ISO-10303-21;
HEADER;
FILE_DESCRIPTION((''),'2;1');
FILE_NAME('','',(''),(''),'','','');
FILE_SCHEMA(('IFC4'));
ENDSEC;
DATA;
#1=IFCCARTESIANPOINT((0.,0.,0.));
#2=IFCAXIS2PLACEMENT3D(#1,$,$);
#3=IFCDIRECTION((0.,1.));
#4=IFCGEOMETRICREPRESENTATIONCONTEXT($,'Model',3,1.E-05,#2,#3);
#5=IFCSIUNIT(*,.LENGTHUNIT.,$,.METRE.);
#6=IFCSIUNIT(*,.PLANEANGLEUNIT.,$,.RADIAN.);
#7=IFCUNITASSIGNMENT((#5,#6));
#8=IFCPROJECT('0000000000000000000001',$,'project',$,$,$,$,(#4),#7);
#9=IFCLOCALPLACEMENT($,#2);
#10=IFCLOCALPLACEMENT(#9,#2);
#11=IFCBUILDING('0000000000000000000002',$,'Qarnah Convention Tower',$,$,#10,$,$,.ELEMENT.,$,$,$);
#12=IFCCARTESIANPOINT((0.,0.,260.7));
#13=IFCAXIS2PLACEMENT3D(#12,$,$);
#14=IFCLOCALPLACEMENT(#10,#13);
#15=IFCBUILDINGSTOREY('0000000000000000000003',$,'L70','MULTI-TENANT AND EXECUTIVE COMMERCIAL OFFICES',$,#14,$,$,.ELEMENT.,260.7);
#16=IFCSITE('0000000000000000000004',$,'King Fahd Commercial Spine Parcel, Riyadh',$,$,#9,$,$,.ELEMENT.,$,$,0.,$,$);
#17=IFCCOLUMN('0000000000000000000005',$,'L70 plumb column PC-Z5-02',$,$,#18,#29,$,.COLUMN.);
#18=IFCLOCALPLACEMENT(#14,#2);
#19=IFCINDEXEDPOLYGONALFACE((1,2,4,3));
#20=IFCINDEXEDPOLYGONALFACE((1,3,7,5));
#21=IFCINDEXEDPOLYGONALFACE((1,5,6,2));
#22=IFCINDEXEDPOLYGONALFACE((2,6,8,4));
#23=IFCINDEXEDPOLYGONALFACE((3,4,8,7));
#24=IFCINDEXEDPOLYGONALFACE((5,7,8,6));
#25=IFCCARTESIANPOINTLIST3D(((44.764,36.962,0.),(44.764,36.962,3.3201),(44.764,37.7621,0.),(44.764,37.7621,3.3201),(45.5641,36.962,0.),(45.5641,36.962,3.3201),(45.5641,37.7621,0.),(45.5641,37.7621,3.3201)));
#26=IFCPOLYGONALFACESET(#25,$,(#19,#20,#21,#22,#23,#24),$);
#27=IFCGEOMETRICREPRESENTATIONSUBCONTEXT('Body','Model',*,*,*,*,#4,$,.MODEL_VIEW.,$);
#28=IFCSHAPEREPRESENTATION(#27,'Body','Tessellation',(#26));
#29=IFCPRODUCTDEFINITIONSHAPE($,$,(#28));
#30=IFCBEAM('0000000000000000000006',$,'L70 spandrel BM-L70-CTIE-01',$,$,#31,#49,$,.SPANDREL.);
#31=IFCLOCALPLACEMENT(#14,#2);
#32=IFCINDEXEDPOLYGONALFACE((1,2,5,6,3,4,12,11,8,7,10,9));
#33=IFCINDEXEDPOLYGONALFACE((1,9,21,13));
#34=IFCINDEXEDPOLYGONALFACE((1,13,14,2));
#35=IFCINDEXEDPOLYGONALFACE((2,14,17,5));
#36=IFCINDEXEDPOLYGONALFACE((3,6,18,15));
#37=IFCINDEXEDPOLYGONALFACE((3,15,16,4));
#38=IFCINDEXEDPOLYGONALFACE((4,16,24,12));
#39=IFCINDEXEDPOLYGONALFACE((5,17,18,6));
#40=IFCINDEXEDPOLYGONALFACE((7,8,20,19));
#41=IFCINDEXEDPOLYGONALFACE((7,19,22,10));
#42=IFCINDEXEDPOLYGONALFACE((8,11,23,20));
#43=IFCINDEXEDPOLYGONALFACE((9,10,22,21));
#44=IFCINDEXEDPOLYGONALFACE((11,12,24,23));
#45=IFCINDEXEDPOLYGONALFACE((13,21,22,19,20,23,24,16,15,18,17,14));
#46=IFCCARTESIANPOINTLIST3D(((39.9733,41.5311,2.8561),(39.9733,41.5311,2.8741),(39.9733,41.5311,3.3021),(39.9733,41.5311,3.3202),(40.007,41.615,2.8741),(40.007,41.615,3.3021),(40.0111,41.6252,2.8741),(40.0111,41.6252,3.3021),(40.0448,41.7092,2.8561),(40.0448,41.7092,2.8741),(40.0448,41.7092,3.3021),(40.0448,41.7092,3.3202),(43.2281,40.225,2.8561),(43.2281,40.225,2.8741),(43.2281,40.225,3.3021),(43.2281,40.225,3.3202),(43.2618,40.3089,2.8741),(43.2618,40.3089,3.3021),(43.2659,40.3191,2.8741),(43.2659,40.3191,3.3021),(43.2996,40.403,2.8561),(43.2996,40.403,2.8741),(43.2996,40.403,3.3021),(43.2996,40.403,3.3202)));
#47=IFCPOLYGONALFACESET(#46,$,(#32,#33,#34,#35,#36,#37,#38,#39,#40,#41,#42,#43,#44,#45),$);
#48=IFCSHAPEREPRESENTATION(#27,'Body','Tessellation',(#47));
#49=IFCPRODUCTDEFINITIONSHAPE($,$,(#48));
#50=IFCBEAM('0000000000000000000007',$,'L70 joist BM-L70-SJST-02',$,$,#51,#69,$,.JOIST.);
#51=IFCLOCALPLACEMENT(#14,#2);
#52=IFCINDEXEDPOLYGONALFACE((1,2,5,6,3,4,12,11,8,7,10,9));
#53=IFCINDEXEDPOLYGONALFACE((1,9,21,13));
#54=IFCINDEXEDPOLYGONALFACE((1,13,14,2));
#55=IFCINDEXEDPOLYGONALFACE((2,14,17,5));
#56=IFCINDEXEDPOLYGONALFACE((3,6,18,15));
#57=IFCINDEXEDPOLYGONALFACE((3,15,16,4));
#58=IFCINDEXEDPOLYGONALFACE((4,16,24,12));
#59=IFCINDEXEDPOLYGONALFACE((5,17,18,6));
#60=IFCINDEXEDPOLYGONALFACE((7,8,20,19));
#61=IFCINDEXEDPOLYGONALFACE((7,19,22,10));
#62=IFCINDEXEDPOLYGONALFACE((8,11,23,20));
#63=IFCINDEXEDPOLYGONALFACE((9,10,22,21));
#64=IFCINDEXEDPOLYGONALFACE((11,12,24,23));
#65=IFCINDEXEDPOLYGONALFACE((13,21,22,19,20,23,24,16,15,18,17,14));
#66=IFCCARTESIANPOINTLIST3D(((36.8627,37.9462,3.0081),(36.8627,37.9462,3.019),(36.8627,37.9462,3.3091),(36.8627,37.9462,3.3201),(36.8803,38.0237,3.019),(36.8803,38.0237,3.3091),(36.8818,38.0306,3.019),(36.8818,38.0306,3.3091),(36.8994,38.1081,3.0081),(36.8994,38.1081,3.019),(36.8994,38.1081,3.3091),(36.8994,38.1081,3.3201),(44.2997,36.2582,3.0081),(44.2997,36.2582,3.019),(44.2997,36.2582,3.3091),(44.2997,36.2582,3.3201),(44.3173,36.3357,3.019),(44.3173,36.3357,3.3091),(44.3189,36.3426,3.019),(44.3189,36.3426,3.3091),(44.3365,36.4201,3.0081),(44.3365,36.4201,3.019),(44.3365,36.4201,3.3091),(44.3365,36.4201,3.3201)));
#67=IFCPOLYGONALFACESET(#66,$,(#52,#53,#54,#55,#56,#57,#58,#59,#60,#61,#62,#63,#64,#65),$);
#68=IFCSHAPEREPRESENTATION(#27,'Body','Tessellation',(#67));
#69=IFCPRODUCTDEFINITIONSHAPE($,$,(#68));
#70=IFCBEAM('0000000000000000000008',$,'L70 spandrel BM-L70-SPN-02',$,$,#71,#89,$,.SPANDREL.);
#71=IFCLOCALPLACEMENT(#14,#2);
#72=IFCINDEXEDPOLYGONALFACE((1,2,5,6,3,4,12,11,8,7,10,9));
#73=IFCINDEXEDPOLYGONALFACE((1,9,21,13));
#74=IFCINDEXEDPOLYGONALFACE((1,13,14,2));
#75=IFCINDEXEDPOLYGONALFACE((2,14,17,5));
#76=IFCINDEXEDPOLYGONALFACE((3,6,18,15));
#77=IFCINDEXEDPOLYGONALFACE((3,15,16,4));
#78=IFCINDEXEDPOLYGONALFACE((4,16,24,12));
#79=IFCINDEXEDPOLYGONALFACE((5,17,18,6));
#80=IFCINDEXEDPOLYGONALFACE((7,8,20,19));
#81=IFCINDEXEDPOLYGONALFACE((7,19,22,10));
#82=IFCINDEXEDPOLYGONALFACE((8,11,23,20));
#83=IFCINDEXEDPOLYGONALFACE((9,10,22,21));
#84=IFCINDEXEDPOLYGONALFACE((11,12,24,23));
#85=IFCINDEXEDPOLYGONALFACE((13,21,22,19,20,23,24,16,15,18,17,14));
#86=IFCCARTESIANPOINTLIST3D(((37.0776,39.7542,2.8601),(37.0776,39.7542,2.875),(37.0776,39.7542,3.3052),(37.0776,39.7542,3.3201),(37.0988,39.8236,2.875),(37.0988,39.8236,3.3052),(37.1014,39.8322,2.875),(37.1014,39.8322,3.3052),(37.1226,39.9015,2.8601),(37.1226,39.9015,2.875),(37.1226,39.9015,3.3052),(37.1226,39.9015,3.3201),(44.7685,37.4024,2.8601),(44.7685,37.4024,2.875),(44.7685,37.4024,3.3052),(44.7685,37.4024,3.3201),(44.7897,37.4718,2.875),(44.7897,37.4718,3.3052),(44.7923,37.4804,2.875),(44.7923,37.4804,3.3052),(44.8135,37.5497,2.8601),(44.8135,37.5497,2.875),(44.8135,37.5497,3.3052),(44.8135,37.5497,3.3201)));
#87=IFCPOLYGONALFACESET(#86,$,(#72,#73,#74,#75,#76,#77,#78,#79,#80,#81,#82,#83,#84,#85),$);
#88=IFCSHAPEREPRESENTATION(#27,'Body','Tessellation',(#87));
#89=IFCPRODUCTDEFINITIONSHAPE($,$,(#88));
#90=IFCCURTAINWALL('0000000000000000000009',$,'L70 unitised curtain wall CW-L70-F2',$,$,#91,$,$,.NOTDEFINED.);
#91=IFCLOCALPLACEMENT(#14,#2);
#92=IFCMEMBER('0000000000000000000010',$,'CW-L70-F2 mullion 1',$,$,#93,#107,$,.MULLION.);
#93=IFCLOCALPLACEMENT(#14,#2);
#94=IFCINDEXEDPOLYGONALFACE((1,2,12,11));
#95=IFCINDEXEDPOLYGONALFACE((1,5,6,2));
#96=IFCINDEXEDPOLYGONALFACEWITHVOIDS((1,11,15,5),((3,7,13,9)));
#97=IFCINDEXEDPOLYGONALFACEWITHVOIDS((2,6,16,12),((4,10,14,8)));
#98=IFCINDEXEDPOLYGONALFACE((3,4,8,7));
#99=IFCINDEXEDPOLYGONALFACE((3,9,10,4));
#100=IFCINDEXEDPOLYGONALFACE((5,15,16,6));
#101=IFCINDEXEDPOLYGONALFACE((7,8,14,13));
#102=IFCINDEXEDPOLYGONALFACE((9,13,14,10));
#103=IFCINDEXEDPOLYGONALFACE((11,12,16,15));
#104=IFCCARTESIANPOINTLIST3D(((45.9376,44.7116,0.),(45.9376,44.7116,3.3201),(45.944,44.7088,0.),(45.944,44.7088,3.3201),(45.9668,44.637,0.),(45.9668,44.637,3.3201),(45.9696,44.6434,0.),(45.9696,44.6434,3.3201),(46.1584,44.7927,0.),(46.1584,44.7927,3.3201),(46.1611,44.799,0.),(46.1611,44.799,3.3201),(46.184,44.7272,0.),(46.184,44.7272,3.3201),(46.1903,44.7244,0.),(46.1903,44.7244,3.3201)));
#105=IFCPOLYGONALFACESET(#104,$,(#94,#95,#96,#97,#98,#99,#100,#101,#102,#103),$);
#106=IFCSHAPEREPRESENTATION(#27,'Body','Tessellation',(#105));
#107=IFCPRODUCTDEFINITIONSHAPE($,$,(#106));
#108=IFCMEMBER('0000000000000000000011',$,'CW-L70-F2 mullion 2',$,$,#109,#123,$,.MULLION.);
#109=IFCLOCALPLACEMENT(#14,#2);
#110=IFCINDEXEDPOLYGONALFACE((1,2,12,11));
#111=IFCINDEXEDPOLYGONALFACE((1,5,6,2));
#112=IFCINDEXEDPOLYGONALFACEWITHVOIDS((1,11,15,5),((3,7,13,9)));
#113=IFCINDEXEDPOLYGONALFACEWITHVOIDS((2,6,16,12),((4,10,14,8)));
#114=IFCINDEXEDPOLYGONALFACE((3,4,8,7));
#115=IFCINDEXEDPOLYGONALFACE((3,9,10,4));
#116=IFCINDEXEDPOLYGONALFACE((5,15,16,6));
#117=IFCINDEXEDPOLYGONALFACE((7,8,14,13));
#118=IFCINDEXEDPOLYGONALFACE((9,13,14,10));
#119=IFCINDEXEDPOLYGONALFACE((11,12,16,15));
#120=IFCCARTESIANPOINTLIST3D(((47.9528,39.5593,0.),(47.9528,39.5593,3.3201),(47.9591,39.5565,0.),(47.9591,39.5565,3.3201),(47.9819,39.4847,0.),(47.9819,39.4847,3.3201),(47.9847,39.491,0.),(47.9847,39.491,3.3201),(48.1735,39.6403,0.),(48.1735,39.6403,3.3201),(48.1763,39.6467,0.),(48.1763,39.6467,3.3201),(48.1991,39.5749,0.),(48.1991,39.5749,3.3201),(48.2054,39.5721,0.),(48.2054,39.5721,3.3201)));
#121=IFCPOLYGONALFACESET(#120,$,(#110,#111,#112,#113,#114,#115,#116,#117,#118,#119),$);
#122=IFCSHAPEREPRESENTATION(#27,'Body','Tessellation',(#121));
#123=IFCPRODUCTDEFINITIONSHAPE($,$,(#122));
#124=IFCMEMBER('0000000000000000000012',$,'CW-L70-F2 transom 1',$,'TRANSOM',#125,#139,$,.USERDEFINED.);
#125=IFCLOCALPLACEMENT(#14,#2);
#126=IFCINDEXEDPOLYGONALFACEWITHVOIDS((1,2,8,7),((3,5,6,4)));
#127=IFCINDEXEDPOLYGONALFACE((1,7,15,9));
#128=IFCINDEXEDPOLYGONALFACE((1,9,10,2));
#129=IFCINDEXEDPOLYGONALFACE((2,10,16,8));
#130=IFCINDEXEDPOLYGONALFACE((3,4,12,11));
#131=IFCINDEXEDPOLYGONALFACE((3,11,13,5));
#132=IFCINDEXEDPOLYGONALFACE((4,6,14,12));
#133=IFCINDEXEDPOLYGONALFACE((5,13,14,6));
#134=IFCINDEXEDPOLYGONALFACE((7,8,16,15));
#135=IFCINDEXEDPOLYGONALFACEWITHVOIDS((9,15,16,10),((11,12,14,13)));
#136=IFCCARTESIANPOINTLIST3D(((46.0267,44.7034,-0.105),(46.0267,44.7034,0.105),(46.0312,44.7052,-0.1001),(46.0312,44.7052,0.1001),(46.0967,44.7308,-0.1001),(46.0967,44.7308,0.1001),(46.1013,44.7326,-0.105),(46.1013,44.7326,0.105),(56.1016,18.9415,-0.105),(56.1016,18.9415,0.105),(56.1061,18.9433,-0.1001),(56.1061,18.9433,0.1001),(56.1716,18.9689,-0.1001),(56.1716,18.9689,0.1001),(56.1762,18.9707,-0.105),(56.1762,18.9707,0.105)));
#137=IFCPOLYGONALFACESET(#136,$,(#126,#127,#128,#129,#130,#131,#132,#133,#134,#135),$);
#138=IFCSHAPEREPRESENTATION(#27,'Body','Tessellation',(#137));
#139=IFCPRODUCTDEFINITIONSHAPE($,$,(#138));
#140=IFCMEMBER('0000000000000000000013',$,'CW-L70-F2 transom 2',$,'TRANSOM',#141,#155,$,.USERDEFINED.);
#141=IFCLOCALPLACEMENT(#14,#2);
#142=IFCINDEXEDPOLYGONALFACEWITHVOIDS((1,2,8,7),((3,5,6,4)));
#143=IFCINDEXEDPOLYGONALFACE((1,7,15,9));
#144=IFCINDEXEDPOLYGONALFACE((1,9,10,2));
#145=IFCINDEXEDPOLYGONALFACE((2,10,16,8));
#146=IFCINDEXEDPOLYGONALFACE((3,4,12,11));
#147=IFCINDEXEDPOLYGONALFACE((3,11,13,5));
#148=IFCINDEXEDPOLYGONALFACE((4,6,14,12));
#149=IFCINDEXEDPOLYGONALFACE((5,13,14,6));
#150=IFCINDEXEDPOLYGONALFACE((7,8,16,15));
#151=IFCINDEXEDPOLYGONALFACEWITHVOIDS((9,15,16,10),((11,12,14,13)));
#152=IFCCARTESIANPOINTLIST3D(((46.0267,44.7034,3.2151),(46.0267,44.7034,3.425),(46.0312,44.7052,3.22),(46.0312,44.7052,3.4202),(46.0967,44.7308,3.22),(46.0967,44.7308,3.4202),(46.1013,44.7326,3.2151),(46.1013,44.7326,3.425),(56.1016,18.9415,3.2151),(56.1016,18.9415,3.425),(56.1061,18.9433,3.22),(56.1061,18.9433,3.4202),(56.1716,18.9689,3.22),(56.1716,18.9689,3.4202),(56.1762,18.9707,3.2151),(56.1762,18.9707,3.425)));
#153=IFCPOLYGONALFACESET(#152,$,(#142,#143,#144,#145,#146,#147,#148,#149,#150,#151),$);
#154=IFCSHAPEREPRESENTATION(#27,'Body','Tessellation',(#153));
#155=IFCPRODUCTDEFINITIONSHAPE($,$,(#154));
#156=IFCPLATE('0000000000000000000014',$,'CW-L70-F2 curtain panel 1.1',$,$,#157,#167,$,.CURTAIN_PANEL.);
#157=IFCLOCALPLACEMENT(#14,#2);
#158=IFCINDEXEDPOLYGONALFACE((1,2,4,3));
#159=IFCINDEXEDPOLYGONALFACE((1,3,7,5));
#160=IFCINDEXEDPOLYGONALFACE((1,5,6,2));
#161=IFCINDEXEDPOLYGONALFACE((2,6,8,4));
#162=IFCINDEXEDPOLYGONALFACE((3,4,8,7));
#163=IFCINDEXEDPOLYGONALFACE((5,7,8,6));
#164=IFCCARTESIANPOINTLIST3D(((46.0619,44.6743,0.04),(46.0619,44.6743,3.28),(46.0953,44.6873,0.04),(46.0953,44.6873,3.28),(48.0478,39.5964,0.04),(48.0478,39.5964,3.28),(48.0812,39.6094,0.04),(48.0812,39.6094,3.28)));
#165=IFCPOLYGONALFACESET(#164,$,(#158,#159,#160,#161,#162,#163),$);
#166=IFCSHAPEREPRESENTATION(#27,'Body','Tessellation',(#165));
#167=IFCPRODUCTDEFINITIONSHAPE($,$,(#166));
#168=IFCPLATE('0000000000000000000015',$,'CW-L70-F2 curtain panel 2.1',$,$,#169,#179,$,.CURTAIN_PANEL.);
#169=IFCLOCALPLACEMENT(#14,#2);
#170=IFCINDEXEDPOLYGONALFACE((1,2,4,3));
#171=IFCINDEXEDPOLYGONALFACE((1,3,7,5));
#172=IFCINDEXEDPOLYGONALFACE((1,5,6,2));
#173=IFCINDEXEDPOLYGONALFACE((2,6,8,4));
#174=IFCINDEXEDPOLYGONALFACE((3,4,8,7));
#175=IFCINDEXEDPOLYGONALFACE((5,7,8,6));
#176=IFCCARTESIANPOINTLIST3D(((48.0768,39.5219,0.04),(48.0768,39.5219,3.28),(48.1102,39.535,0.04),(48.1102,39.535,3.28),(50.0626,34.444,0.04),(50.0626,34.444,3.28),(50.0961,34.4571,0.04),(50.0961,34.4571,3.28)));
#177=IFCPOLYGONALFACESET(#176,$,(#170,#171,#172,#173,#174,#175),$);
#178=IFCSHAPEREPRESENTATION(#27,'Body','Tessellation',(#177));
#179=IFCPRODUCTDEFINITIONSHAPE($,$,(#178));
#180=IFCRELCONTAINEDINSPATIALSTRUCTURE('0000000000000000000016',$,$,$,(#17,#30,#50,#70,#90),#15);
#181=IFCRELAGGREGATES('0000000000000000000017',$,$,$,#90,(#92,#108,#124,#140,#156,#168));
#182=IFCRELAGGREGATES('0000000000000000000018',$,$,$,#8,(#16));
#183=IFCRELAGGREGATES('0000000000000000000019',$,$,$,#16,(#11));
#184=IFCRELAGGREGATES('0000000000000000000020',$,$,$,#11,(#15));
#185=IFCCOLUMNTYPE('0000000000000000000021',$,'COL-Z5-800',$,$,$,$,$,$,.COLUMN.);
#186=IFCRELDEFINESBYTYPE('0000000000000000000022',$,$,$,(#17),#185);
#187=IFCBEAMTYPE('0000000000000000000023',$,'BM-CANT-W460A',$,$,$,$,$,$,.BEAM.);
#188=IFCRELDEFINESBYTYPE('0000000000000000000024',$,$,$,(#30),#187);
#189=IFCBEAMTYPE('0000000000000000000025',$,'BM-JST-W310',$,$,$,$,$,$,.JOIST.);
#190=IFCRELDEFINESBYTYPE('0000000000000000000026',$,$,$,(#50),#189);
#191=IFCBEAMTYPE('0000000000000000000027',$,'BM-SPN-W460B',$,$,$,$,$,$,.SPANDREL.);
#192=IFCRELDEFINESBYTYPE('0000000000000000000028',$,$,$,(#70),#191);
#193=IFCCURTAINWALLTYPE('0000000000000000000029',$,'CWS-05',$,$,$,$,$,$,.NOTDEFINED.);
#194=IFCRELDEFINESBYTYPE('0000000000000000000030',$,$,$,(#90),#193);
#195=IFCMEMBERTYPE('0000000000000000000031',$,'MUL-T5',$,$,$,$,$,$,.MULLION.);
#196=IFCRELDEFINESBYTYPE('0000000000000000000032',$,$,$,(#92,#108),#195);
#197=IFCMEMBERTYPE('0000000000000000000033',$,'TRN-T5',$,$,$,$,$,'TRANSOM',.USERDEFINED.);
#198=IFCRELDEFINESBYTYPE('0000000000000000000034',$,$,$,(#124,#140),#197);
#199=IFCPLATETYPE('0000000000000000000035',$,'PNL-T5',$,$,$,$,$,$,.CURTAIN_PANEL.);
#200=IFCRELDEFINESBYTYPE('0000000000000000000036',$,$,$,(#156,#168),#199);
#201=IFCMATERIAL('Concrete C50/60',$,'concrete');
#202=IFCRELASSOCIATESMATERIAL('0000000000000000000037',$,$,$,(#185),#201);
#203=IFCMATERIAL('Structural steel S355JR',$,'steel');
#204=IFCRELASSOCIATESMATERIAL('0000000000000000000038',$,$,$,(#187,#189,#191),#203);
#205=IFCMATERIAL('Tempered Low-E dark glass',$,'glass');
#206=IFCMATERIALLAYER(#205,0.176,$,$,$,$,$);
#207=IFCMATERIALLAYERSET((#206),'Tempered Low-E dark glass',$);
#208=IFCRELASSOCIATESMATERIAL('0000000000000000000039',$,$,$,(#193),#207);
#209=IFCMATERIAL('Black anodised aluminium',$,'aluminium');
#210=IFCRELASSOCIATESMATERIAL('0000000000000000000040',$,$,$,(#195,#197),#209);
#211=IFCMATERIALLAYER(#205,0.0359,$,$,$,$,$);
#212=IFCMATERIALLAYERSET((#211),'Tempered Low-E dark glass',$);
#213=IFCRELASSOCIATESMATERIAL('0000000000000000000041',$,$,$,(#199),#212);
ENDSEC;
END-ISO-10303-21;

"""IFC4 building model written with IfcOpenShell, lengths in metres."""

from ifc_helpers import new_model, si_unit, direction, frame, origin, origin_2d, place, context, subcontext, project, spatial, rectangle, hollow_rectangle, i_section, extrude, material, layer, layer_set, material_profile, profile_set, type_object, element, aggregate, save


model = new_model("IFC4")

# Units and contexts
model_context = context("Model", 3, precision=1e-05, world=origin(), true_north=direction((0.0, 1.0)))
body_context = subcontext(model_context, "Body", "Model", "MODEL_VIEW")
ifc_project = project(units=[si_unit("LENGTHUNIT", "METRE"), si_unit("PLANEANGLEUNIT", "RADIAN")], contexts=[model_context])

# Site, building, storey
site_placement = place(None, origin())
site = spatial("IfcSite", under=ifc_project, at=site_placement, Name="King Fahd Commercial Spine Parcel, Riyadh", CompositionType="ELEMENT", RefElevation=0.0)
building_placement = place(site_placement, origin())
building = spatial("IfcBuilding", under=site, at=building_placement, Name="Qarnah Convention Tower", CompositionType="ELEMENT")
storey_placement = place(building_placement, frame((0.0, 0.0, 260.7)))
storey = spatial("IfcBuildingStorey", under=building, at=storey_placement, Name="L70", Description="MULTI-TENANT AND EXECUTIVE COMMERCIAL OFFICES", CompositionType="ELEMENT", Elevation=260.7)

# Column
ifc_material_1 = material(Name="Concrete C50/60", Category="concrete")
ifc_material_profile_1 = material_profile(ifc_material_1, rectangle(XDim=0.8, YDim=0.8, at=origin_2d()), Name="RC-COL-800X800")
ifc_profile_set_1 = profile_set([ifc_material_profile_1], Name="Concrete C50/60")
column_type = type_object("IfcColumnType", Name="COL-Z5-800", PredefinedType="COLUMN", material=ifc_profile_set_1)
column_placement = place(storey_placement, frame((45.1641, 37.3621, 0.0), z_axis=(0.0, 0.0, 1.0), x_axis=(1.0, 0.0, 0.0)))
element("IfcColumn", 1, at=column_placement, inside=storey, type_object=column_type, Name="L70 plumb column PC-Z5-02", PredefinedType="COLUMN", context=body_context, shape_type="SweptSolid", body=[
    extrude(rectangle(XDim=0.8, YDim=0.8, at=origin_2d()), origin(), (0.0, 0.0, 1.0), 3.3201),
])

# Beams
ifc_material_2 = material(Name="Structural steel S355JR", Category="steel")
ifc_material_profile_2 = material_profile(ifc_material_2, i_section(OverallWidth=0.1919, OverallDepth=0.4641, WebThickness=0.011, FlangeThickness=0.0181, at=origin_2d()), Name="W460X89")
ifc_profile_set_2 = profile_set([ifc_material_profile_2], Name="Structural steel S355JR")
beam_type_1 = type_object("IfcBeamType", Name="BM-CANT-W460A", PredefinedType="BEAM", material=ifc_profile_set_2)
beam_1_placement = place(storey_placement, frame((40.009, 41.6201, 3.0881), z_axis=(0.928063, -0.372423, 0.0), x_axis=(0.372423, 0.928063, 0.0)))
element("IfcBeam", 2, at=beam_1_placement, inside=storey, type_object=beam_type_1, Name="L70 spandrel BM-L70-CTIE-01", PredefinedType="SPANDREL", context=body_context, shape_type="SweptSolid", body=[
    extrude(i_section(OverallWidth=0.1919, OverallDepth=0.4641, WebThickness=0.011, FlangeThickness=0.0181, at=origin_2d()), origin(), (0.0, 0.0, 1.0), 3.5071),
])
ifc_material_profile_3 = material_profile(ifc_material_2, i_section(OverallWidth=0.166, OverallDepth=0.312, WebThickness=0.0071, FlangeThickness=0.011, at=origin_2d()), Name="W310X45")
ifc_profile_set_3 = profile_set([ifc_material_profile_3], Name="Structural steel S355JR")
beam_type_2 = type_object("IfcBeamType", Name="BM-JST-W310", PredefinedType="JOIST", material=ifc_profile_set_3)
beam_2_placement = place(storey_placement, frame((44.3181, 36.3391, 3.1641), z_axis=(-0.975196, 0.221342, 0.0), x_axis=(-0.221342, -0.975196, 0.0)))
element("IfcBeam", 3, at=beam_2_placement, inside=storey, type_object=beam_type_2, Name="L70 joist BM-L70-SJST-02", PredefinedType="JOIST", context=body_context, shape_type="SweptSolid", body=[
    extrude(i_section(OverallWidth=0.166, OverallDepth=0.312, WebThickness=0.0071, FlangeThickness=0.011, at=origin_2d()), origin(), (0.0, 0.0, 1.0), 7.6262),
])
ifc_material_profile_4 = material_profile(ifc_material_2, i_section(OverallWidth=0.1541, OverallDepth=0.46, WebThickness=0.009, FlangeThickness=0.0149, at=origin_2d()), Name="W460X68")
ifc_profile_set_4 = profile_set([ifc_material_profile_4], Name="Structural steel S355JR")
beam_type_3 = type_object("IfcBeamType", Name="BM-SPN-W460B", PredefinedType="SPANDREL", material=ifc_profile_set_4)
beam_3_placement = place(storey_placement, frame((44.791, 37.4761, 3.0901), z_axis=(-0.956289, 0.292424, 0.0), x_axis=(-0.292424, -0.956289, 0.0)))
element("IfcBeam", 4, at=beam_3_placement, inside=storey, type_object=beam_type_3, Name="L70 spandrel BM-L70-SPN-02", PredefinedType="SPANDREL", context=body_context, shape_type="SweptSolid", body=[
    extrude(i_section(OverallWidth=0.1541, OverallDepth=0.46, WebThickness=0.009, FlangeThickness=0.0149, at=origin_2d()), origin(), (0.0, 0.0, 1.0), 8.0425),
])

# Curtain wall, members, plates
ifc_material_3 = material(Name="Tempered Low-E dark glass", Category="glass")
ifc_layer_1 = layer(ifc_material_3, 0.176)
ifc_layer_set_1 = layer_set([ifc_layer_1], Name="Tempered Low-E dark glass")
curtain_wall_type = type_object("IfcCurtainWallType", Name="CWS-05", PredefinedType="NOTDEFINED", material=ifc_layer_set_1)
curtain_wall_placement = place(storey_placement, origin())
curtain_wall = element("IfcCurtainWall", 5, at=curtain_wall_placement, inside=storey, type_object=curtain_wall_type, Name="L70 unitised curtain wall CW-L70-F2", PredefinedType="NOTDEFINED")
ifc_material_4 = material(Name="Black anodised aluminium", Category="aluminium")
ifc_material_profile_5 = material_profile(ifc_material_4, hollow_rectangle(XDim=0.0801, YDim=0.24, WallThickness=0.0049, at=origin_2d()), Name="MUL-80X240")
ifc_profile_set_5 = profile_set([ifc_material_profile_5], Name="Black anodised aluminium")
member_type_1 = type_object("IfcMemberType", Name="MUL-T5", PredefinedType="MULLION", material=ifc_profile_set_5)
member_1_placement = place(storey_placement, frame((46.064, 44.718, 0.0), z_axis=(0.0, 0.0, 1.0), x_axis=(0.364218, -0.931314, 0.0)))
member_1 = element("IfcMember", 6, at=member_1_placement, type_object=member_type_1, Name="CW-L70-F2 mullion 1", PredefinedType="MULLION", context=body_context, shape_type="SweptSolid", body=[
    extrude(hollow_rectangle(XDim=0.0801, YDim=0.24, WallThickness=0.0049, at=origin_2d()), origin(), (0.0, 0.0, 1.0), 3.3201),
])
member_2_placement = place(storey_placement, frame((48.0791, 39.5657, 0.0), z_axis=(0.0, 0.0, 1.0), x_axis=(0.364218, -0.931314, 0.0)))
member_2 = element("IfcMember", 7, at=member_2_placement, type_object=member_type_1, Name="CW-L70-F2 mullion 2", PredefinedType="MULLION", context=body_context, shape_type="SweptSolid", body=[
    extrude(hollow_rectangle(XDim=0.0801, YDim=0.24, WallThickness=0.0049, at=origin_2d()), origin(), (0.0, 0.0, 1.0), 3.3201),
])
ifc_material_profile_6 = material_profile(ifc_material_4, hollow_rectangle(XDim=0.0801, YDim=0.21, WallThickness=0.0049, at=origin_2d()), Name="TRN-80X210")
ifc_profile_set_6 = profile_set([ifc_material_profile_6], Name="Black anodised aluminium")
member_type_2 = type_object("IfcMemberType", Name="TRN-T5", ElementType="TRANSOM", PredefinedType="USERDEFINED", material=ifc_profile_set_6)
member_3_placement = place(storey_placement, frame((46.064, 44.718, 0.0), z_axis=(0.364217, -0.931314, 0.0), x_axis=(0.931314, 0.364217, 0.0)))
member_3 = element("IfcMember", 8, at=member_3_placement, type_object=member_type_2, Name="CW-L70-F2 transom 1", ObjectType="TRANSOM", PredefinedType="USERDEFINED", context=body_context, shape_type="SweptSolid", body=[
    extrude(hollow_rectangle(XDim=0.0801, YDim=0.21, WallThickness=0.0049, at=origin_2d()), origin(), (0.0, 0.0, 1.0), 27.6619),
])
member_4_placement = place(storey_placement, frame((46.064, 44.718, 3.3201), z_axis=(0.364217, -0.931314, 0.0), x_axis=(0.931314, 0.364217, 0.0)))
member_4 = element("IfcMember", 9, at=member_4_placement, type_object=member_type_2, Name="CW-L70-F2 transom 2", ObjectType="TRANSOM", PredefinedType="USERDEFINED", context=body_context, shape_type="SweptSolid", body=[
    extrude(hollow_rectangle(XDim=0.0801, YDim=0.21, WallThickness=0.0049, at=origin_2d()), origin(), (0.0, 0.0, 1.0), 27.6619),
])
ifc_layer_2 = layer(ifc_material_3, 0.0359)
ifc_layer_set_2 = layer_set([ifc_layer_2], Name="Tempered Low-E dark glass")
plate_type_1 = type_object("IfcPlateType", Name="PNL-T5", PredefinedType="CURTAIN_PANEL", material=ifc_layer_set_2)
plate_1_placement = place(storey_placement, frame((47.0715, 42.1418, 0.04), z_axis=(0.0, 0.0, 1.0), x_axis=(0.364218, -0.931314, 0.0)))
plate_1 = element("IfcPlate", 10, at=plate_1_placement, type_object=plate_type_1, Name="CW-L70-F2 curtain panel 1.1", PredefinedType="CURTAIN_PANEL", context=body_context, shape_type="SweptSolid", body=[
    extrude(rectangle(XDim=5.4524, YDim=0.0359, at=origin_2d()), origin(), (0.0, 0.0, 1.0), 3.24),
])
plate_2_placement = place(storey_placement, frame((49.0864, 36.9895, 0.04), z_axis=(0.0, 0.0, 1.0), x_axis=(0.364218, -0.931314, 0.0)))
plate_2 = element("IfcPlate", 11, at=plate_2_placement, type_object=plate_type_1, Name="CW-L70-F2 curtain panel 2.1", PredefinedType="CURTAIN_PANEL", context=body_context, shape_type="SweptSolid", body=[
    extrude(rectangle(XDim=5.4524, YDim=0.0359, at=origin_2d()), origin(), (0.0, 0.0, 1.0), 3.24),
])
aggregate(curtain_wall, [member_1, member_2, member_3, member_4, plate_1, plate_2])

save(model, "model.ifc")
